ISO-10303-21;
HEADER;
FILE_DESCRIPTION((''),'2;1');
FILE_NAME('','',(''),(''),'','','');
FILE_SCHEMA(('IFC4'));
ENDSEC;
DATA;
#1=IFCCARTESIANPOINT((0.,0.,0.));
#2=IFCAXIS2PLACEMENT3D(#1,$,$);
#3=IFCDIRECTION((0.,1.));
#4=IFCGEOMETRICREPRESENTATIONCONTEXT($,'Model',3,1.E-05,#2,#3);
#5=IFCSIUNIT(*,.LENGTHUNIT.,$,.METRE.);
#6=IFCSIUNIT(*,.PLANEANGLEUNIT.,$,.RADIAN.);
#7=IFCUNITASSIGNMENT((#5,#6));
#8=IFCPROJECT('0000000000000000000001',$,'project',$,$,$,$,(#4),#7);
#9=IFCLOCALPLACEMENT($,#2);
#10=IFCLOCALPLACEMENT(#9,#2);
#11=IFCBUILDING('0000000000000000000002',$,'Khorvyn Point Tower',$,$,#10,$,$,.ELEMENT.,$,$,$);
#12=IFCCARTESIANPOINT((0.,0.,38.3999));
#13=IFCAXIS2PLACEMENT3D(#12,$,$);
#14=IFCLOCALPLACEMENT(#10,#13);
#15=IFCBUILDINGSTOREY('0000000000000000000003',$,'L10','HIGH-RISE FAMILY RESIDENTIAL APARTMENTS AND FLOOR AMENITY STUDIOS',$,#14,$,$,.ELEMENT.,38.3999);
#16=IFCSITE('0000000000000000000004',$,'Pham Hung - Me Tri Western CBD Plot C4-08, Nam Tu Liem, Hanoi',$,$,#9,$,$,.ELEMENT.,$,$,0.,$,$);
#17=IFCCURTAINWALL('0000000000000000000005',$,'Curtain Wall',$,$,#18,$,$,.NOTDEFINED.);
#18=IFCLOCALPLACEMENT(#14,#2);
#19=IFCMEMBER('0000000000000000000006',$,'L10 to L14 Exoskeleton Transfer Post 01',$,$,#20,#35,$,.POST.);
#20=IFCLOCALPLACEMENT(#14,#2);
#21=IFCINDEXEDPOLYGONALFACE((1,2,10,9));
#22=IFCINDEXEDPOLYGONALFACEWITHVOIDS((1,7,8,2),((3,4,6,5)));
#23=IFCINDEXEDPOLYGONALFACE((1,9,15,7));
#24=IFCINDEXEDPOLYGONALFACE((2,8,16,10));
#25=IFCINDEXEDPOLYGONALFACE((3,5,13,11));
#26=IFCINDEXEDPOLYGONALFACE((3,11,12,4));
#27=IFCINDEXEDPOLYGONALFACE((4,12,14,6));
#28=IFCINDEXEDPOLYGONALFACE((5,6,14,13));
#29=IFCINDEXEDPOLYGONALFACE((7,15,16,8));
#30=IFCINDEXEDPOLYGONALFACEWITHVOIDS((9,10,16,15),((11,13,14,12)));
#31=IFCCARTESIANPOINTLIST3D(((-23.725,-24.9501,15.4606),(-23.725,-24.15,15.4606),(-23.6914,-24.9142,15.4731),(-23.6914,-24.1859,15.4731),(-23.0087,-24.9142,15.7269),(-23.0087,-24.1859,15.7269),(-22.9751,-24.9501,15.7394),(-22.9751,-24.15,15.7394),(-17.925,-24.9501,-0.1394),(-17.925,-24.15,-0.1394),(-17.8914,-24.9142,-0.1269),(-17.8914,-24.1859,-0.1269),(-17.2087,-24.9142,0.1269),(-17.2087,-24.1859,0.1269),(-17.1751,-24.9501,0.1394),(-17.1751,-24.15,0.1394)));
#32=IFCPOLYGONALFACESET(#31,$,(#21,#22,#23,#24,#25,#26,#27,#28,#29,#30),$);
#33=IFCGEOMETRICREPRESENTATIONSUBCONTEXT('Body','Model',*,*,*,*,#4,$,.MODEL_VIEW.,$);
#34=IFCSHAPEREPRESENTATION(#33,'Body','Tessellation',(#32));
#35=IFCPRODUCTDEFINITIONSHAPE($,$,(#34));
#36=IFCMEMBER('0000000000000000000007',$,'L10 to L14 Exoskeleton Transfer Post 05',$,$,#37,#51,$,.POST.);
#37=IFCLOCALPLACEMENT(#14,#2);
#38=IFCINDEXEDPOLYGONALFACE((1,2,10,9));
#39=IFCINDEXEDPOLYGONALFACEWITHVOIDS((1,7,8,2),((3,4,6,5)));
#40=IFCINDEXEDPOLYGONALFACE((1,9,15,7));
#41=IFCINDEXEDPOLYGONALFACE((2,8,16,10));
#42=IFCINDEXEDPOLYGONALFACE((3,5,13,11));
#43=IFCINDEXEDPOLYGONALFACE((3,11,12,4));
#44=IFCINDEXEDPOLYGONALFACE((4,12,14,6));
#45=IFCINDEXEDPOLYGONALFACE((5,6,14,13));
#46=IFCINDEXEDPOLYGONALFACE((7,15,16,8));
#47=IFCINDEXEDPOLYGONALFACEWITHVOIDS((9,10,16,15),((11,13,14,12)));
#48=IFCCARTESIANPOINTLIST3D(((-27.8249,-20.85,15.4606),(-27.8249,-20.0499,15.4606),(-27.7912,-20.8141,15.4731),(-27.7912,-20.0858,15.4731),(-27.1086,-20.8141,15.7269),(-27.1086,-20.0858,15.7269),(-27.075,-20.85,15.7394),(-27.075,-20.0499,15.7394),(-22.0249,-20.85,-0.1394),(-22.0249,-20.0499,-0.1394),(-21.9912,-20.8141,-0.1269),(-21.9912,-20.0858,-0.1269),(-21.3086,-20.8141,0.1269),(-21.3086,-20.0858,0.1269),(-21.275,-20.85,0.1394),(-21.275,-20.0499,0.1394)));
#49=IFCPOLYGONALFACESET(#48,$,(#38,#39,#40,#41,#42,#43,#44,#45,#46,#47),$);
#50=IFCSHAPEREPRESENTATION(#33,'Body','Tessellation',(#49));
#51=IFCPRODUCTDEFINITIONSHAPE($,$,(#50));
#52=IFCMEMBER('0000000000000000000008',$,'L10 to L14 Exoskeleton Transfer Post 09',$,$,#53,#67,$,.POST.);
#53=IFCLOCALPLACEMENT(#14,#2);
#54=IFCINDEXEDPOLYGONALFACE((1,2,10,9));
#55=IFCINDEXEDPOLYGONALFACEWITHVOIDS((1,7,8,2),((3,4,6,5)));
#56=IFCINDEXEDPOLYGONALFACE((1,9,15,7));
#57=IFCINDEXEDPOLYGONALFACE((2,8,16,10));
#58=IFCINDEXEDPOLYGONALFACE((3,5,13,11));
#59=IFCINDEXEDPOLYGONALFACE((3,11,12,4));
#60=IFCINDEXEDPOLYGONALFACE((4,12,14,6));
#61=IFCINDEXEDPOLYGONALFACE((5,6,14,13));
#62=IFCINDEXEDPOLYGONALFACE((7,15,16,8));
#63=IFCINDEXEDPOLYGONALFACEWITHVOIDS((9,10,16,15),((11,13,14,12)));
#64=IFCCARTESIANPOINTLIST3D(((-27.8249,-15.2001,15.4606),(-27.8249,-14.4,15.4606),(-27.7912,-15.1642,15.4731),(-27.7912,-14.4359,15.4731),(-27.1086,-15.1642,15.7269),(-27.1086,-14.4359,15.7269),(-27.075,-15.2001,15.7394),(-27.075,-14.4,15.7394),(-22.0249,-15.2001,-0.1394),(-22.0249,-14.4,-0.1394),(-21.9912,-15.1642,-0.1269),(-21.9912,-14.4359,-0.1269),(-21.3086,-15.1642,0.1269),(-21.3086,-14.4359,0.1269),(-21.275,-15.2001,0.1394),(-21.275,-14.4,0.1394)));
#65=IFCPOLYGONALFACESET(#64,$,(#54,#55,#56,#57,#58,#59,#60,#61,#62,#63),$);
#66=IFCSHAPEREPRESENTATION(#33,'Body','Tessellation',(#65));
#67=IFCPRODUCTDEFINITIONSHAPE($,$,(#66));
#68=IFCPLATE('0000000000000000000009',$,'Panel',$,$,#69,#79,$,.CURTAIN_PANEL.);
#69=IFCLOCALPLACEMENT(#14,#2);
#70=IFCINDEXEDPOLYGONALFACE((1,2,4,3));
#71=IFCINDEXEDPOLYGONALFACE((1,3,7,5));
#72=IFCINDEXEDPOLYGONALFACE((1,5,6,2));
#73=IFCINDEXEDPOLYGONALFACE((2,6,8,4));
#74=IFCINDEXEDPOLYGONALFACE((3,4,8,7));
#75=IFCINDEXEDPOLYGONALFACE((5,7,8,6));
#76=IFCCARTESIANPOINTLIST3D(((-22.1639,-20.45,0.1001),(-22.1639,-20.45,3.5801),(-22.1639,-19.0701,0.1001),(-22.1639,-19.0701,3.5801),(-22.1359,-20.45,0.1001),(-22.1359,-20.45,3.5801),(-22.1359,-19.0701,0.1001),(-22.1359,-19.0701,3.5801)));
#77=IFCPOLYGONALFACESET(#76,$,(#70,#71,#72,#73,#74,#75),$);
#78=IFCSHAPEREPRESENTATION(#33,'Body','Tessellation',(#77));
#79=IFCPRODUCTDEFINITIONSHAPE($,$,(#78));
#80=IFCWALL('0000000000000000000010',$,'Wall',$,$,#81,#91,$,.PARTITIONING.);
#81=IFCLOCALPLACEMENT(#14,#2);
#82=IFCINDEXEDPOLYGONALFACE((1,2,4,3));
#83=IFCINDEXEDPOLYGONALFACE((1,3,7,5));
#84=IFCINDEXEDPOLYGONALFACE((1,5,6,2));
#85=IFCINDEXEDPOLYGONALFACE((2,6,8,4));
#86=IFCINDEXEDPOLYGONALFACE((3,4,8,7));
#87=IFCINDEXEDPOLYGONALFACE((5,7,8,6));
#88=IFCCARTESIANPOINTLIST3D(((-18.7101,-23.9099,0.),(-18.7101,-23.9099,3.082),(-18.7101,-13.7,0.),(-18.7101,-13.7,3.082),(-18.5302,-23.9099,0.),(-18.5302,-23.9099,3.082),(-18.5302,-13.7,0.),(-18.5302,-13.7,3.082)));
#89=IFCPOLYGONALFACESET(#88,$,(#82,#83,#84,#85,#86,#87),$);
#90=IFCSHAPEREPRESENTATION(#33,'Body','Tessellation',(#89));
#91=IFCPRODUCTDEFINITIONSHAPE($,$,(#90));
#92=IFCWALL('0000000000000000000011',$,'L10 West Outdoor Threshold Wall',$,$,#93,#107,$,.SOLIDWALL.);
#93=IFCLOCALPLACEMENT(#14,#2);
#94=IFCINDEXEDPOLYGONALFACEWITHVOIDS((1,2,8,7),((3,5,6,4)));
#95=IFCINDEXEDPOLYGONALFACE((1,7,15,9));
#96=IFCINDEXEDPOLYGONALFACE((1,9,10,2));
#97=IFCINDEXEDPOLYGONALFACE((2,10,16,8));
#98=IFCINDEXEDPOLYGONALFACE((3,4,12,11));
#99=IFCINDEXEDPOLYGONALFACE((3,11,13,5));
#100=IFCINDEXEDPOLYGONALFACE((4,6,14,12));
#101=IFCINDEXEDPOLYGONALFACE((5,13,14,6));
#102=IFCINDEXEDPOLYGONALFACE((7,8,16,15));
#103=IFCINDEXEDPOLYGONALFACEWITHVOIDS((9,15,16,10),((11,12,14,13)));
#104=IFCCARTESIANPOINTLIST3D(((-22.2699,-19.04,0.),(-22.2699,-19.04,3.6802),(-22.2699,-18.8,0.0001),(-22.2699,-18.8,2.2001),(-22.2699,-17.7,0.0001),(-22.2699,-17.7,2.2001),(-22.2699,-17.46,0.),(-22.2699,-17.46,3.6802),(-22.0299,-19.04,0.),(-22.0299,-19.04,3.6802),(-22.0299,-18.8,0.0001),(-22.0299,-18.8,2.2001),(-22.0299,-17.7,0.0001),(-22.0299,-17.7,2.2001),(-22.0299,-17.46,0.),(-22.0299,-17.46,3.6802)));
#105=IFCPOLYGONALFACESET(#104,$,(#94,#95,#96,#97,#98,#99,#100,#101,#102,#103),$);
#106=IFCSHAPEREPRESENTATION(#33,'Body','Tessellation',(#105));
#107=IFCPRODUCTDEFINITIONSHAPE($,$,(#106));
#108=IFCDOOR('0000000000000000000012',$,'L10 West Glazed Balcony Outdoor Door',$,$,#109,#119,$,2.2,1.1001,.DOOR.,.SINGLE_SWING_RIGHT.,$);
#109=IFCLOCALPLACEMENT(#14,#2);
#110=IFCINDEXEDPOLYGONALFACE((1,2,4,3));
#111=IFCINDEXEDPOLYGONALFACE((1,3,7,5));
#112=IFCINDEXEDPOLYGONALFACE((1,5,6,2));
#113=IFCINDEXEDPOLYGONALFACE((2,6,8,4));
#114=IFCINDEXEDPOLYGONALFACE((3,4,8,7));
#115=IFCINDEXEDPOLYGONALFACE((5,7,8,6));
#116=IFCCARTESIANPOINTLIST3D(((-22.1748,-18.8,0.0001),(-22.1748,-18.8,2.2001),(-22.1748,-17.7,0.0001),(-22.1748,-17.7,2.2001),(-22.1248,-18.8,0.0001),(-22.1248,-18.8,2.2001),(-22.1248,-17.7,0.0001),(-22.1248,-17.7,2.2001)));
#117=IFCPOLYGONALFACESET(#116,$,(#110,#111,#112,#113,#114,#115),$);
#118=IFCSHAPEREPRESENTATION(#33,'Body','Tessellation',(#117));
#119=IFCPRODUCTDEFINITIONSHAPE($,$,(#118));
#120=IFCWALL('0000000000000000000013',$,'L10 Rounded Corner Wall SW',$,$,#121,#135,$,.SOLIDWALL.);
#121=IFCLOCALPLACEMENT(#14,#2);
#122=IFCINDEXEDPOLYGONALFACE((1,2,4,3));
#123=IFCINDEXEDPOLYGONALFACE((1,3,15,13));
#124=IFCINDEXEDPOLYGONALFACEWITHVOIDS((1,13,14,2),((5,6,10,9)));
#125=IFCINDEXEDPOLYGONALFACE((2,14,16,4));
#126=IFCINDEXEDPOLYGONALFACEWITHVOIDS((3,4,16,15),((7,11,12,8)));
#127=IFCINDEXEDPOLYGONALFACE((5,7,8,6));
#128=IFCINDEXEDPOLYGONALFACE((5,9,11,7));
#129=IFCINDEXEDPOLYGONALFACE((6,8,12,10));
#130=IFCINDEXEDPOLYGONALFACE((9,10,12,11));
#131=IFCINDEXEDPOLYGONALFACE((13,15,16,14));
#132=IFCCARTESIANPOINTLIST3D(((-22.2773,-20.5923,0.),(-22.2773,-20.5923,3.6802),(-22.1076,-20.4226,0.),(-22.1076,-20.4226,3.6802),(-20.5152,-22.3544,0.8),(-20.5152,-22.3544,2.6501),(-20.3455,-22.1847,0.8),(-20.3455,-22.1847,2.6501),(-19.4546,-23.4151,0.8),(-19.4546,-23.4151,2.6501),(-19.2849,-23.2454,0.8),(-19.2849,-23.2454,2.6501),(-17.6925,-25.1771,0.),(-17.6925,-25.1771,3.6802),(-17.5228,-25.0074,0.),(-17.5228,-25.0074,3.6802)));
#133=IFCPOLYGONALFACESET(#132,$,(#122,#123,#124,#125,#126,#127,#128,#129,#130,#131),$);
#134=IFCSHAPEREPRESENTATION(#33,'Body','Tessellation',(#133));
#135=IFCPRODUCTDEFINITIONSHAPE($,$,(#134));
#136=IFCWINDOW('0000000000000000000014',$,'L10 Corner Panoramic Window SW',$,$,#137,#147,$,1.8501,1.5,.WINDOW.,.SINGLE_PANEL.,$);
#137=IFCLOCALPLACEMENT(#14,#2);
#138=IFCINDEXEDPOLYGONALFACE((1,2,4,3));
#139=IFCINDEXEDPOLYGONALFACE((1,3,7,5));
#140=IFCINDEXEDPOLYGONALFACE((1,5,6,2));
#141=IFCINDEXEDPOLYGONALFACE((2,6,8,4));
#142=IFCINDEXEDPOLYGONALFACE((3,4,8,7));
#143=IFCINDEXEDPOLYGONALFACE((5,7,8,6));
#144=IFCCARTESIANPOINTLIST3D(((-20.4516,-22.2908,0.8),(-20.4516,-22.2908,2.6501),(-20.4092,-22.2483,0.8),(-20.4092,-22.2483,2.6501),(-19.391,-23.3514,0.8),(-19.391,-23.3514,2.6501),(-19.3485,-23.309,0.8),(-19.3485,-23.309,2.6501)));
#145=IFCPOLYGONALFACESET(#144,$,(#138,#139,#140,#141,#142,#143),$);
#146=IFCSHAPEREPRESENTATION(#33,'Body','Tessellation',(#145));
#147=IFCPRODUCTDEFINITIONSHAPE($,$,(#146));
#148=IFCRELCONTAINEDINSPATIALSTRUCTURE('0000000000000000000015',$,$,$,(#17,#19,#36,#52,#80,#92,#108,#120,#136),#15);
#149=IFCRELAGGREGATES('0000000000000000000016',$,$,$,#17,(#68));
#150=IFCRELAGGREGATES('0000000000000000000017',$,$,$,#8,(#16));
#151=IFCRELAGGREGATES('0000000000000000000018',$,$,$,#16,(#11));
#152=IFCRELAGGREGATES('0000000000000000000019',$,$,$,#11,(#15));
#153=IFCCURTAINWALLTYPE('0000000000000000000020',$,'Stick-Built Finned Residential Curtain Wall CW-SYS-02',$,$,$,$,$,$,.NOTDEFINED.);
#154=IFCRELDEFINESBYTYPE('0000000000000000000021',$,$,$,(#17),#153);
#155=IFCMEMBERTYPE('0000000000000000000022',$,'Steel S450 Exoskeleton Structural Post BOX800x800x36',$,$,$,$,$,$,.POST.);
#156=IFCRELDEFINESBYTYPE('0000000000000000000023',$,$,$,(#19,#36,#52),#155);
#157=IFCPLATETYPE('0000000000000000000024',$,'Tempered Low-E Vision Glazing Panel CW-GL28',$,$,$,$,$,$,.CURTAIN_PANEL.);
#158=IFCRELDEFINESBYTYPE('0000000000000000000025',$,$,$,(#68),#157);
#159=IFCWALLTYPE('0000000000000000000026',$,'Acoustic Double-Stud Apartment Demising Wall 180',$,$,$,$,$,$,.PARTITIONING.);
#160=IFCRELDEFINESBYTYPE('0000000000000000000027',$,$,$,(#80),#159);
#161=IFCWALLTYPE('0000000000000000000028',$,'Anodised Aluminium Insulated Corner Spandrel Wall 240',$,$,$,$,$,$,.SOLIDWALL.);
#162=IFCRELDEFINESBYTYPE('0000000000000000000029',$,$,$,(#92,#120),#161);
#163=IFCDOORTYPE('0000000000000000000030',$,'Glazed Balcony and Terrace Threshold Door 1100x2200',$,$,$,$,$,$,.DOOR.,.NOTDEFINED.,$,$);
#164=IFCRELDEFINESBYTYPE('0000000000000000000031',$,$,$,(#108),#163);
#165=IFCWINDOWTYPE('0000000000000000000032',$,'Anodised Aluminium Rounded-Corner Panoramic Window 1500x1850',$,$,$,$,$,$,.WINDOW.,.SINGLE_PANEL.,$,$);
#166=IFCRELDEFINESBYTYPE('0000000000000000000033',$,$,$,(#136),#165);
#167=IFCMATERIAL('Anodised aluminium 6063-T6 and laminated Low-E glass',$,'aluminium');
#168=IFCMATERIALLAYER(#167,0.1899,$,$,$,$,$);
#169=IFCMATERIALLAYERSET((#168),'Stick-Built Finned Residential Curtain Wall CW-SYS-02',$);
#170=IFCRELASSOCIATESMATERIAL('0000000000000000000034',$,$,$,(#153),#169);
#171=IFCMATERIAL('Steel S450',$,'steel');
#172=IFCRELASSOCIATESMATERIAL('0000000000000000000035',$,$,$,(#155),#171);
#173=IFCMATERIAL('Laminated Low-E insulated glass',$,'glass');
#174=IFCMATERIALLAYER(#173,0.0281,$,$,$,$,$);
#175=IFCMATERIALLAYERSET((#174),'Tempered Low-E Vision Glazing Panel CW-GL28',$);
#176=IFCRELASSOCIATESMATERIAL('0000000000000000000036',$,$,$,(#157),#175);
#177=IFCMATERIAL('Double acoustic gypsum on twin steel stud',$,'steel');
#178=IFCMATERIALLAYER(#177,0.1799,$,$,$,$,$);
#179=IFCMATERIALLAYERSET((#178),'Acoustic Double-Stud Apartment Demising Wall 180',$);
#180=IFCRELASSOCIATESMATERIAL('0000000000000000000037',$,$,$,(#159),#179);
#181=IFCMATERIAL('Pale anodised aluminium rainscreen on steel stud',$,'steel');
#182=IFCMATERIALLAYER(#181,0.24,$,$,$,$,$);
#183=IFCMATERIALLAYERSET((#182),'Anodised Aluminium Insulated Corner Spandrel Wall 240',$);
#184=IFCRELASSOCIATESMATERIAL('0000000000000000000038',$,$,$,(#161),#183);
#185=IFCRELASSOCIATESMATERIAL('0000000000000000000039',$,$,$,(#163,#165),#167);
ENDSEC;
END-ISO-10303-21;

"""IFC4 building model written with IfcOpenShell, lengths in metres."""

from ifc_helpers import new_model, si_unit, direction, frame, frame_2d, origin, origin_2d, place, context, subcontext, project, spatial, rectangle, hollow_rectangle, extrude, material, layer, layer_set, material_profile, profile_set, type_object, element, fill, aggregate, save


model = new_model("IFC4")

# Units and contexts
model_context = context("Model", 3, precision=1e-05, world=origin(), true_north=direction((0.0, 1.0)))
body_context = subcontext(model_context, "Body", "Model", "MODEL_VIEW")
ifc_project = project(units=[si_unit("LENGTHUNIT", "METRE"), si_unit("PLANEANGLEUNIT", "RADIAN")], contexts=[model_context])

# Site, building, storey
site_placement = place(None, origin())
site = spatial("IfcSite", under=ifc_project, at=site_placement, Name="Pham Hung - Me Tri Western CBD Plot C4-08, Nam Tu Liem, Hanoi", CompositionType="ELEMENT", RefElevation=0.0)
building_placement = place(site_placement, origin())
building = spatial("IfcBuilding", under=site, at=building_placement, Name="Khorvyn Point Tower", CompositionType="ELEMENT")
storey_placement = place(building_placement, frame((0.0, 0.0, 38.3999)))
storey = spatial("IfcBuildingStorey", under=building, at=storey_placement, Name="L10", Description="HIGH-RISE FAMILY RESIDENTIAL APARTMENTS AND FLOOR AMENITY STUDIOS", CompositionType="ELEMENT", Elevation=38.3999)

# Shared definitions
ifc_material_1 = material(Name="Steel S450", Category="steel")

# Shared definitions
ifc_material_2 = material(Name="Anodised aluminium 6063-T6 and laminated Low-E glass", Category="aluminium")
ifc_layer_1 = layer(ifc_material_2, 0.1899)
ifc_layer_set_1 = layer_set([ifc_layer_1], Name="Stick-Built Finned Residential Curtain Wall CW-SYS-02")
curtain_wall_type = type_object("IfcCurtainWallType", Name="Stick-Built Finned Residential Curtain Wall CW-SYS-02", PredefinedType="NOTDEFINED", material=ifc_layer_set_1)

# Curtain wall
curtain_wall_1_placement = place(storey_placement, origin())
curtain_wall_1 = element("IfcCurtainWall", 1, at=curtain_wall_1_placement, inside=storey, type_object=curtain_wall_type, Name="Curtain Wall", PredefinedType="NOTDEFINED")

# Members
ifc_material_profile_1 = material_profile(ifc_material_1, hollow_rectangle(XDim=0.8, YDim=0.8, WallThickness=0.0359, at=origin_2d()))
ifc_profile_set_1 = profile_set([ifc_material_profile_1], Name="Steel S450 BOX800x800x36")
member_type_1 = type_object("IfcMemberType", Name="Steel S450 Exoskeleton Structural Post BOX800x800x36", PredefinedType="POST", material=ifc_profile_set_1)
for number, where, z_axis, x_axis, name in (
    (2, (-17.55, -24.55, 0.0), (-0.348489, 0.0, 0.937313), (0.0, -1.0, 0.0), "L10 to L14 Exoskeleton Transfer Post 01"),
    (3, (-21.6499, -20.45, 0.0), (-0.348489, 0.0, 0.937313), (0.0, -1.0, 0.0), "L10 to L14 Exoskeleton Transfer Post 05"),
    (4, (-21.6499, -14.8, 0.0), (-0.348489, 0.0, 0.937313), (0.0, -1.0, 0.0), "L10 to L14 Exoskeleton Transfer Post 09"),
):
    element("IfcMember", number, at=place(storey_placement, frame(where, z_axis=z_axis, x_axis=x_axis)), inside=storey, type_object=member_type_1, Name=name, PredefinedType="POST", context=body_context, shape_type="SweptSolid", body=[
        extrude(hollow_rectangle(XDim=0.8, YDim=0.8, WallThickness=0.0359, at=origin_2d()), origin(), (0.0, 0.0, 1.0), 16.6433),
    ])

# Plate
ifc_material_3 = material(Name="Laminated Low-E insulated glass", Category="glass")
ifc_layer_2 = layer(ifc_material_3, 0.0281)
ifc_layer_set_2 = layer_set([ifc_layer_2], Name="Tempered Low-E Vision Glazing Panel CW-GL28")
plate_type = type_object("IfcPlateType", Name="Tempered Low-E Vision Glazing Panel CW-GL28", PredefinedType="CURTAIN_PANEL", material=ifc_layer_set_2)
plate_placement = place(storey_placement, frame((-22.1499, -19.76, 0.1001), z_axis=(0.0, 0.0, 1.0), x_axis=(0.0, 1.0, 0.0)))
plate = element("IfcPlate", 5, at=plate_placement, type_object=plate_type, Name="Panel", PredefinedType="CURTAIN_PANEL", context=body_context, shape_type="SweptSolid", body=[
    extrude(rectangle(XDim=1.3799, YDim=0.0281, at=origin_2d()), origin(), (0.0, 0.0, 1.0), 3.48),
])
aggregate(curtain_wall_1, [plate])

# Wall
ifc_material_4 = material(Name="Double acoustic gypsum on twin steel stud", Category="steel")
ifc_layer_3 = layer(ifc_material_4, 0.1799)
ifc_layer_set_3 = layer_set([ifc_layer_3], Name="Acoustic Double-Stud Apartment Demising Wall 180")
wall_type_1 = type_object("IfcWallType", Name="Acoustic Double-Stud Apartment Demising Wall 180", PredefinedType="PARTITIONING", material=ifc_layer_set_3)
wall_1_placement = place(storey_placement, frame((-18.6201, -23.9099, 0.0), z_axis=(0.0, 0.0, 1.0), x_axis=(0.0, 1.0, 0.0)))
element("IfcWall", 6, at=wall_1_placement, inside=storey, type_object=wall_type_1, Name="Wall", PredefinedType="PARTITIONING", context=body_context, shape_type="SweptSolid", body=[
    extrude(rectangle(XDim=10.21, YDim=0.1799, at=frame_2d((5.105, 0.0))), origin(), (0.0, 0.0, 1.0), 3.082),
])

# Wall, opening, door
ifc_material_5 = material(Name="Pale anodised aluminium rainscreen on steel stud", Category="steel")
ifc_layer_4 = layer(ifc_material_5, 0.24)
ifc_layer_set_4 = layer_set([ifc_layer_4], Name="Anodised Aluminium Insulated Corner Spandrel Wall 240")
wall_type_2 = type_object("IfcWallType", Name="Anodised Aluminium Insulated Corner Spandrel Wall 240", PredefinedType="SOLIDWALL", material=ifc_layer_set_4)
wall_2_placement = place(storey_placement, frame((-22.1499, -19.04, 0.0), z_axis=(0.0, 0.0, 1.0), x_axis=(0.0, 1.0, 0.0)))
wall_2 = element("IfcWall", 7, at=wall_2_placement, inside=storey, type_object=wall_type_2, Name="L10 West Outdoor Threshold Wall", PredefinedType="SOLIDWALL", context=body_context, shape_type="SweptSolid", body=[
    extrude(rectangle(XDim=1.5801, YDim=0.24, at=frame_2d((0.79, 0.0))), origin(), (0.0, 0.0, 1.0), 3.6802),
])
opening_1_placement = place(wall_2_placement, frame((0.24, 0.0, 0.0)))
opening_1 = element("IfcOpeningElement", 8, at=opening_1_placement, cuts=wall_2, PredefinedType="OPENING", context=body_context, shape_type="SweptSolid", body=[
    extrude(rectangle(XDim=1.1001, YDim=2.2, at=frame_2d((0.55, 1.1001))), frame((0.0, 0.1299, 0.0), z_axis=(0.0, -1.0, 0.0), x_axis=(1.0, 0.0, 0.0)), (0.0, 0.0, 1.0), 0.26),
])
door_type = type_object("IfcDoorType", Name="Glazed Balcony and Terrace Threshold Door 1100x2200", OperationType="NOTDEFINED", PredefinedType="DOOR", material=ifc_material_2)
door_placement = place(opening_1_placement, origin())
door = element("IfcDoor", 9, at=door_placement, inside=storey, type_object=door_type, Name="L10 West Glazed Balcony Outdoor Door", OperationType="SINGLE_SWING_RIGHT", OverallHeight=2.2, OverallWidth=1.1001, PredefinedType="DOOR", context=body_context, shape_type="SweptSolid", body=[
    extrude(rectangle(XDim=1.1001, YDim=2.2, at=frame_2d((0.55, 1.1001))), frame((0.0, 0.0249, 0.0), z_axis=(0.0, -1.0, 0.0), x_axis=(1.0, 0.0, 0.0)), (0.0, 0.0, 1.0), 0.05),
])
fill(opening_1, door)

# Wall, opening, window
wall_3_placement = place(storey_placement, frame((-17.6077, -25.0923, 0.0), z_axis=(0.0, 0.0, 1.0), x_axis=(-0.707107, 0.707107, 0.0)))
wall_3 = element("IfcWall", 10, at=wall_3_placement, inside=storey, type_object=wall_type_2, Name="L10 Rounded Corner Wall SW", PredefinedType="SOLIDWALL", context=body_context, shape_type="SweptSolid", body=[
    extrude(rectangle(XDim=6.4839, YDim=0.24, at=frame_2d((3.2419, 0.0))), origin(), (0.0, 0.0, 1.0), 3.6802),
])
opening_2_placement = place(wall_3_placement, frame((2.4919, 0.0, 0.8)))
opening_2 = element("IfcOpeningElement", 11, at=opening_2_placement, cuts=wall_3, PredefinedType="OPENING", context=body_context, shape_type="SweptSolid", body=[
    extrude(rectangle(XDim=1.5, YDim=1.8501, at=frame_2d((0.75, 0.925))), frame((0.0, 0.1299, 0.0), z_axis=(0.0, -1.0, 0.0), x_axis=(1.0, 0.0, 0.0)), (0.0, 0.0, 1.0), 0.26),
])
window_type = type_object("IfcWindowType", Name="Anodised Aluminium Rounded-Corner Panoramic Window 1500x1850", PartitioningType="SINGLE_PANEL", PredefinedType="WINDOW", material=ifc_material_2)
window_placement = place(opening_2_placement, origin())
window = element("IfcWindow", 12, at=window_placement, inside=storey, type_object=window_type, Name="L10 Corner Panoramic Window SW", OverallHeight=1.8501, OverallWidth=1.5, PartitioningType="SINGLE_PANEL", PredefinedType="WINDOW", context=body_context, shape_type="SweptSolid", body=[
    extrude(rectangle(XDim=1.5, YDim=1.8501, at=frame_2d((0.75, 0.925))), frame((0.0, 0.03, 0.0), z_axis=(0.0, -1.0, 0.0), x_axis=(1.0, 0.0, 0.0)), (0.0, 0.0, 1.0), 0.0601),
])
fill(opening_2, window)

save(model, "model.ifc")
